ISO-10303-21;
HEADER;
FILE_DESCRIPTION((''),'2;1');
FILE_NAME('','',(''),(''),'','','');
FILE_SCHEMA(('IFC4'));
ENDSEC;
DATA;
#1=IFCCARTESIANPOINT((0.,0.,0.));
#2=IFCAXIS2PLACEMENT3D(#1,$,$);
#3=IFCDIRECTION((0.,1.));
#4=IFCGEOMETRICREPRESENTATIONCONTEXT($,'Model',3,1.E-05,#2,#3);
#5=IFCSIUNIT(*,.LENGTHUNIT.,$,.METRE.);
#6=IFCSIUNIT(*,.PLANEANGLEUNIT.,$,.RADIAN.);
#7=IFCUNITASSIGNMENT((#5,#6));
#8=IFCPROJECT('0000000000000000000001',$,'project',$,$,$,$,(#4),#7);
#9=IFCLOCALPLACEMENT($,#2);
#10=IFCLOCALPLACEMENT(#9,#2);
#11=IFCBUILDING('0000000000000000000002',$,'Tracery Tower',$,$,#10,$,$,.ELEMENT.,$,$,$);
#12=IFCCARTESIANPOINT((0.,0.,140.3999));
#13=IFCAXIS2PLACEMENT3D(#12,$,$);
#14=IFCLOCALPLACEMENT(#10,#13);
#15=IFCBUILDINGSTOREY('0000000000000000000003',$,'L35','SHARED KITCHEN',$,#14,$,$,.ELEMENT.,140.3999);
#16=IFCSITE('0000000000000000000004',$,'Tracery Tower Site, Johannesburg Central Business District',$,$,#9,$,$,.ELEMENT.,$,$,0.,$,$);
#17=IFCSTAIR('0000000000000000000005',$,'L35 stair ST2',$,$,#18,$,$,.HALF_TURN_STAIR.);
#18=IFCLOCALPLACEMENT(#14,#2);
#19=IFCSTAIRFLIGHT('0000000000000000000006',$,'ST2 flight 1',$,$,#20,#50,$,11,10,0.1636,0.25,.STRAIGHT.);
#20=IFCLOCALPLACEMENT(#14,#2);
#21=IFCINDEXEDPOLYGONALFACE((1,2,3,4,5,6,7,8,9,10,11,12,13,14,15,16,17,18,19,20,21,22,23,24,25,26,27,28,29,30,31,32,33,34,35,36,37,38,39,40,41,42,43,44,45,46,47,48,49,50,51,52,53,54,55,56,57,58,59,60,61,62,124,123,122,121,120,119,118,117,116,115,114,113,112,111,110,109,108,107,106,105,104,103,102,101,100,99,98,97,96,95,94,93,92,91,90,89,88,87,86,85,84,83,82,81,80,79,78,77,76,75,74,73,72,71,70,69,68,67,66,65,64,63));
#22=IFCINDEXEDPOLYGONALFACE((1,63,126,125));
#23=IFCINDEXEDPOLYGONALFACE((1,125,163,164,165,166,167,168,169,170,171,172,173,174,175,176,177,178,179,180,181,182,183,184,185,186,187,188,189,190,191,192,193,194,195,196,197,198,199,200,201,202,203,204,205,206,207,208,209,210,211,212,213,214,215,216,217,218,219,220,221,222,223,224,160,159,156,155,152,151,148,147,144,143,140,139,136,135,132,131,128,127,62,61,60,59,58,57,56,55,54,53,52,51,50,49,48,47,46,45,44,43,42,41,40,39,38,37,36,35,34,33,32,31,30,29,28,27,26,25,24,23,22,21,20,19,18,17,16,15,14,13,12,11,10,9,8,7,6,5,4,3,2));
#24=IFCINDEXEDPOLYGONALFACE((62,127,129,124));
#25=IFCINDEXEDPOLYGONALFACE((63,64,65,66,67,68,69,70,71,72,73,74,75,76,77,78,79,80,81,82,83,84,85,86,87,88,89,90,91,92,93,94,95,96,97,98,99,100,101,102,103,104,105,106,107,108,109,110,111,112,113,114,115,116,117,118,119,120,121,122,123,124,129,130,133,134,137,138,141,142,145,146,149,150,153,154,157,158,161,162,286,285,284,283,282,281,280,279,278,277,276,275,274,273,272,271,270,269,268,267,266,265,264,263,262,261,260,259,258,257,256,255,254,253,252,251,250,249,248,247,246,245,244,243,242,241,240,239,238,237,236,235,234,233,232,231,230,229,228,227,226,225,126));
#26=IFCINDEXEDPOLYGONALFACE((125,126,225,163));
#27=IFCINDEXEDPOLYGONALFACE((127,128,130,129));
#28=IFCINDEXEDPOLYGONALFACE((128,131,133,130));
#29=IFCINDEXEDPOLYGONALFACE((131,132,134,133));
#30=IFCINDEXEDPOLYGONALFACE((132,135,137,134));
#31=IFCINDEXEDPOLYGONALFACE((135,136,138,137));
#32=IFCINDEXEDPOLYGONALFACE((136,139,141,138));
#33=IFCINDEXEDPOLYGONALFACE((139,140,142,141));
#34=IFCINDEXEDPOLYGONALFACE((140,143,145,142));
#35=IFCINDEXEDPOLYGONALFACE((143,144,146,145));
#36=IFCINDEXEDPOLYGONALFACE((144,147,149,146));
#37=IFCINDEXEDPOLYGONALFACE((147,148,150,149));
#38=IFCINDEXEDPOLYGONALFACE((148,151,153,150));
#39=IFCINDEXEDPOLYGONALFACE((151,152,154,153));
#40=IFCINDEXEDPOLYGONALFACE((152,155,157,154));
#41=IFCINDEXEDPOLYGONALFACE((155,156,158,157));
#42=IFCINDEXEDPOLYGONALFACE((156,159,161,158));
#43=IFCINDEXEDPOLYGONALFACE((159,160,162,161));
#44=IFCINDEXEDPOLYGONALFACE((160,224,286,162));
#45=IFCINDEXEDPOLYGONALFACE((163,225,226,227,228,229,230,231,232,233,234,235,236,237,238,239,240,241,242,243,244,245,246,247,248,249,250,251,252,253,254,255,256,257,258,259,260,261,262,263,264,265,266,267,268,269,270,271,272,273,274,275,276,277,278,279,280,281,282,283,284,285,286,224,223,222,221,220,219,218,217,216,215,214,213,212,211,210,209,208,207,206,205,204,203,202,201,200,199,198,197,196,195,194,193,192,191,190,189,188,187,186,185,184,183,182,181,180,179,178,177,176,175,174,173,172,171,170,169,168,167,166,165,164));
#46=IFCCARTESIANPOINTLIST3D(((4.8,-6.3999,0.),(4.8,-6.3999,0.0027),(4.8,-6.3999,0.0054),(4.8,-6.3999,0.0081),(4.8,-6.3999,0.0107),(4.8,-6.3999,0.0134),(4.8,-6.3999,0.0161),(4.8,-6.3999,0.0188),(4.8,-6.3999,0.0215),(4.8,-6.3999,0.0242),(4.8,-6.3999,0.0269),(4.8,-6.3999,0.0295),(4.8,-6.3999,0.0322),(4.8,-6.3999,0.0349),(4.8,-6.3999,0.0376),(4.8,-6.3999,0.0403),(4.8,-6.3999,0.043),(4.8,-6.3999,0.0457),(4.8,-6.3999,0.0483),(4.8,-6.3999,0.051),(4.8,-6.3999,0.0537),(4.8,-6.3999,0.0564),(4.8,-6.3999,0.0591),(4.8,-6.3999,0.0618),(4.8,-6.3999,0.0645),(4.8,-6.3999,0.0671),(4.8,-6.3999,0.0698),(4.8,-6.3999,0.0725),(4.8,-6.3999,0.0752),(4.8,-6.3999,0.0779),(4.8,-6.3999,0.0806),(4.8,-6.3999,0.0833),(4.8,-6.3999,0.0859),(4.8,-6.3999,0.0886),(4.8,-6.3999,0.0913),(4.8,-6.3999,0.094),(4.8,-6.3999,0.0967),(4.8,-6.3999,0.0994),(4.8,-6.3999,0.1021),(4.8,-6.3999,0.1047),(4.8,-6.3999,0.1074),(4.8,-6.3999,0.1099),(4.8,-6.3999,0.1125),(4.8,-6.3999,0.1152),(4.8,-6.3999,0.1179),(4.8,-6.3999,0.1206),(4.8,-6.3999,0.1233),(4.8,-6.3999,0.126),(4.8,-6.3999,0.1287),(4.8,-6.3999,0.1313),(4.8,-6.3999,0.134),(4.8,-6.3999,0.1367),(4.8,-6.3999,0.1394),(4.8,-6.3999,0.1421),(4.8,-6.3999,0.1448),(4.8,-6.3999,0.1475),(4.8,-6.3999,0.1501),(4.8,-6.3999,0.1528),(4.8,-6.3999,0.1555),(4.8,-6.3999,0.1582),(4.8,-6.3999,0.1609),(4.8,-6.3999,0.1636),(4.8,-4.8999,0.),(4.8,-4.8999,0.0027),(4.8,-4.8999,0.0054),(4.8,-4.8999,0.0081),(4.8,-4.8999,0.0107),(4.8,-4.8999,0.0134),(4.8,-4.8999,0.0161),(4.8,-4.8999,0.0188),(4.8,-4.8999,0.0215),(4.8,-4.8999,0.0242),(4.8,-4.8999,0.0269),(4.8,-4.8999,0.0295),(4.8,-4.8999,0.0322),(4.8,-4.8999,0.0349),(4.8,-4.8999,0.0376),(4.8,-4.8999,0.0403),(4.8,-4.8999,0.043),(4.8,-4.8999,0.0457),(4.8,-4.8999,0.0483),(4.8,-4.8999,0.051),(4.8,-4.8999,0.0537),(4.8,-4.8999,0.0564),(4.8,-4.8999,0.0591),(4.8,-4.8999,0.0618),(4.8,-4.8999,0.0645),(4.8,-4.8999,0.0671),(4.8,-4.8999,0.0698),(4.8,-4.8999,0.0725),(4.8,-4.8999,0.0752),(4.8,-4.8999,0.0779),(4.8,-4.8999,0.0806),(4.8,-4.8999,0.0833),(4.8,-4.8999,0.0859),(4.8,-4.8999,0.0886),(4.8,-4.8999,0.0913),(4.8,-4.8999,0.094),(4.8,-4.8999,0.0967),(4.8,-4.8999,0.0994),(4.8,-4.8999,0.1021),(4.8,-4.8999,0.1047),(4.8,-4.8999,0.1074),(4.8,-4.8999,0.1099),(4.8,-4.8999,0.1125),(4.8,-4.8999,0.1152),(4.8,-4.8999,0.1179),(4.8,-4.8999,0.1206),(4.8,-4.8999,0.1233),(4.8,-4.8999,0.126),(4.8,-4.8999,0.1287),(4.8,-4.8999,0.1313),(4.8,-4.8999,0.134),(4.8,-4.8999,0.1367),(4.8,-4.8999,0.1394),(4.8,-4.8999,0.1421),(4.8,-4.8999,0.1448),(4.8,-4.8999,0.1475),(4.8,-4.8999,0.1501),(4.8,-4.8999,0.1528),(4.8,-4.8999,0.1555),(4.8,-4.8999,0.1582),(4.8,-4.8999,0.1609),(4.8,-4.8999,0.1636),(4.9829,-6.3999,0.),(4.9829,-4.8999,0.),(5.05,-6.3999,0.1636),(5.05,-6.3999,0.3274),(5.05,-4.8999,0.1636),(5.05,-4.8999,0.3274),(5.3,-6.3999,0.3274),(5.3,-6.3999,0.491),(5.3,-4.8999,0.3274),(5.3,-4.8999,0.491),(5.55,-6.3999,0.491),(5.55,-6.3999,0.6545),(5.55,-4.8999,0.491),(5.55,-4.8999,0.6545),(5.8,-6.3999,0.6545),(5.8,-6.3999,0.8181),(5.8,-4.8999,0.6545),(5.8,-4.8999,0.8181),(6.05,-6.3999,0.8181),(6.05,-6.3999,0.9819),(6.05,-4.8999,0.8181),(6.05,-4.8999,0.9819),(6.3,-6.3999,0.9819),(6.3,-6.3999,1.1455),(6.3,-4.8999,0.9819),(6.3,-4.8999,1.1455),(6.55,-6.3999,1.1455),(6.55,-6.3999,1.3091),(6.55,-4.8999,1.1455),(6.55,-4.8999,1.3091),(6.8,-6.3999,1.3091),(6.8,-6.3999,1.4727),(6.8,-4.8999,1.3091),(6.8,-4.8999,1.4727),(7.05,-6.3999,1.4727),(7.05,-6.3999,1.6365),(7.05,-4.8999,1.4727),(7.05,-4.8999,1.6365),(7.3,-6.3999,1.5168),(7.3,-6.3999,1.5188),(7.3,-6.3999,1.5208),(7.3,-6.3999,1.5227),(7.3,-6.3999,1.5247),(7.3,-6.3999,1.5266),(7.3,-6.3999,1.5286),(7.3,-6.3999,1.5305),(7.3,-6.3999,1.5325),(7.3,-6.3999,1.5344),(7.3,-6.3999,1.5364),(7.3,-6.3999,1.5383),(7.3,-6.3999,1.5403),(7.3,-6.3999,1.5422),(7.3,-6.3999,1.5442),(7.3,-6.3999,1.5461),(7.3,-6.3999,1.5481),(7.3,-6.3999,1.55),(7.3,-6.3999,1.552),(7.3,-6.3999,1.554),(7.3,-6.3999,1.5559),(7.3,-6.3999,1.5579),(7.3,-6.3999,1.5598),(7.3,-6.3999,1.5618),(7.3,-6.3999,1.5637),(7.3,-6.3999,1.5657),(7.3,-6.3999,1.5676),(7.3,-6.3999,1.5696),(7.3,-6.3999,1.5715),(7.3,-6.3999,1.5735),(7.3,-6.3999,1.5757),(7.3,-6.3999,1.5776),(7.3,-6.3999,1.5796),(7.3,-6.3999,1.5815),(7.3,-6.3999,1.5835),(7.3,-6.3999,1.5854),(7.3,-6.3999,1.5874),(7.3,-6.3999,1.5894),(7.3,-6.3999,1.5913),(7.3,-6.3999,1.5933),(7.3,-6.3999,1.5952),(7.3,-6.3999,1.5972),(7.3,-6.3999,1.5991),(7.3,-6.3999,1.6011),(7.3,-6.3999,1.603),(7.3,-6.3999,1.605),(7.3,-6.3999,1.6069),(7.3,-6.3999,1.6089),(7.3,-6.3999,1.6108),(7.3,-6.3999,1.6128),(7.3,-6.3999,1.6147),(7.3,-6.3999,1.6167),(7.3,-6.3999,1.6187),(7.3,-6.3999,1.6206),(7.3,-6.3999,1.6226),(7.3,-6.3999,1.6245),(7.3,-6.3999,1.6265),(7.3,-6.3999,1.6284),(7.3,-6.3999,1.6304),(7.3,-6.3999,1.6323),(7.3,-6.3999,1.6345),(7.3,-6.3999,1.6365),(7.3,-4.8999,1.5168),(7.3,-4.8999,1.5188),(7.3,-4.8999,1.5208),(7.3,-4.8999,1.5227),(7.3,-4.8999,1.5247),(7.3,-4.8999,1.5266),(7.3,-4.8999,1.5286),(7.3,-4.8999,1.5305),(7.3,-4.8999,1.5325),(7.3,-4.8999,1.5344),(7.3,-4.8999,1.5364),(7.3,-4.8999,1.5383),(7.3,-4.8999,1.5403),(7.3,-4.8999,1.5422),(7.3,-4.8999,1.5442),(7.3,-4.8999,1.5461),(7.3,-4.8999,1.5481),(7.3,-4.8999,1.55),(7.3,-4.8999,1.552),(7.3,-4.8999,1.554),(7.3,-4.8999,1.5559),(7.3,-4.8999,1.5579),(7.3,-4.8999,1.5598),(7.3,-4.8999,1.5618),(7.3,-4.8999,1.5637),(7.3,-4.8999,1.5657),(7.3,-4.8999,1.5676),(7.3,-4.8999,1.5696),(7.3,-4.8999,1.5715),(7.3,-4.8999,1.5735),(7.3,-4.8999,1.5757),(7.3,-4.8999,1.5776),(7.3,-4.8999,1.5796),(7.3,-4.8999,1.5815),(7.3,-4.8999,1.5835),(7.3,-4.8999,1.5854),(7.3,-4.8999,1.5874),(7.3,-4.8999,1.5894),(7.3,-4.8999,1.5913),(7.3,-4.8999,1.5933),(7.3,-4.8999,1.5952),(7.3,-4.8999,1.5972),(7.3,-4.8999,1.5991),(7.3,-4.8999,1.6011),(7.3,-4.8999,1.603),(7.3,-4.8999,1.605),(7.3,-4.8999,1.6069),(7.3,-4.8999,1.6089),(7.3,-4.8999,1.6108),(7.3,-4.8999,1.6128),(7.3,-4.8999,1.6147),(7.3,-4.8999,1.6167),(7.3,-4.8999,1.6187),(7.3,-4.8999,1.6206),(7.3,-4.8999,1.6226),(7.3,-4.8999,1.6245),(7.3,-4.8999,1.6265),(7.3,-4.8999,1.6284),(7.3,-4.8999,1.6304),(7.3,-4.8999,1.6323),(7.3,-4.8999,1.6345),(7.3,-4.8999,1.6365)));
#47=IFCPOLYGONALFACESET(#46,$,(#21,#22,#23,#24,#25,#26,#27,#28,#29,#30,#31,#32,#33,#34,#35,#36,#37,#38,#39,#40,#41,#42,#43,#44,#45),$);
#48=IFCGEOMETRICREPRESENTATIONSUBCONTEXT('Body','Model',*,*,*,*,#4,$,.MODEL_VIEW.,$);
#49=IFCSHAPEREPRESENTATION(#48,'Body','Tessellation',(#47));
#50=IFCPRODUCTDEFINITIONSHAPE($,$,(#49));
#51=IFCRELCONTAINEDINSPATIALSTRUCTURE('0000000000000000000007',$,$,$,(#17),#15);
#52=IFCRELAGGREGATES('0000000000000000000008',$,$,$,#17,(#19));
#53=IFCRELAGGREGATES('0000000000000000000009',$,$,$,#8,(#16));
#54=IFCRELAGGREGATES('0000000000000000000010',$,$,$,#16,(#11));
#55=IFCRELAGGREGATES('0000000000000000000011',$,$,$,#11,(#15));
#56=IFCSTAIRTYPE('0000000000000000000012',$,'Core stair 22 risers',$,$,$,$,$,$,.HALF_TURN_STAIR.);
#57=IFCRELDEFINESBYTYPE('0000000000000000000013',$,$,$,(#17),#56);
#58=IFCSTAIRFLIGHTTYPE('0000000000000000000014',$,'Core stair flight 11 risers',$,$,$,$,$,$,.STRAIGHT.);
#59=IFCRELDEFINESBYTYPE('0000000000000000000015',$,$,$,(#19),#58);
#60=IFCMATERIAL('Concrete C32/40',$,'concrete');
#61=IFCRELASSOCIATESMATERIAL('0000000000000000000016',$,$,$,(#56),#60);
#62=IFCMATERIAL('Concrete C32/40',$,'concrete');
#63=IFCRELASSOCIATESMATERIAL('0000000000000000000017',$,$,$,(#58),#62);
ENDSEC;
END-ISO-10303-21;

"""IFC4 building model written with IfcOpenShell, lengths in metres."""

from ifc_helpers import new_model, si_unit, direction, frame, origin, place, context, subcontext, project, spatial, polyline, outline, extrude, material, type_object, element, aggregate, save


model = new_model("IFC4")

# Units and contexts
model_context = context("Model", 3, precision=1e-05, world=origin(), true_north=direction((0.0, 1.0)))
body_context = subcontext(model_context, "Body", "Model", "MODEL_VIEW")
ifc_project = project(units=[si_unit("LENGTHUNIT", "METRE"), si_unit("PLANEANGLEUNIT", "RADIAN")], contexts=[model_context])

# Site, building, storey
site_placement = place(None, origin())
site = spatial("IfcSite", under=ifc_project, at=site_placement, Name="Tracery Tower Site, Johannesburg Central Business District", CompositionType="ELEMENT", RefElevation=0.0)
building_placement = place(site_placement, origin())
building = spatial("IfcBuilding", under=site, at=building_placement, Name="Tracery Tower", CompositionType="ELEMENT")
storey_placement = place(building_placement, frame((0.0, 0.0, 140.3999)))
storey = spatial("IfcBuildingStorey", under=building, at=storey_placement, Name="L35", Description="SHARED KITCHEN", CompositionType="ELEMENT", Elevation=140.3999)

# Stair, stair flight
ifc_material_1 = material(Name="Concrete C32/40", Category="concrete")
stair_type = type_object("IfcStairType", Name="Core stair 22 risers", PredefinedType="HALF_TURN_STAIR", material=ifc_material_1)
stair_placement = place(storey_placement, origin())
stair = element("IfcStair", 1, at=stair_placement, inside=storey, type_object=stair_type, Name="L35 stair ST2", PredefinedType="HALF_TURN_STAIR")
ifc_material_2 = material(Name="Concrete C32/40", Category="concrete")
stair_flight_type = type_object("IfcStairFlightType", Name="Core stair flight 11 risers", PredefinedType="STRAIGHT", material=ifc_material_2)
stair_flight_1_placement = place(storey_placement, frame((4.8, -5.6499, 0.0), z_axis=(0.0, 0.0, 1.0), x_axis=(1.0, 0.0, 0.0)))
stair_flight_1 = element("IfcStairFlight", 2, at=stair_flight_1_placement, type_object=stair_flight_type, Name="ST2 flight 1", NumberOfRisers=11, NumberOfTreads=10, PredefinedType="STRAIGHT", RiserHeight=0.1636, TreadLength=0.25, context=body_context, shape_type="SweptSolid", body=[
    extrude(outline(polyline([(0.0, 0.0), (0.0, 0.0027), (0.0, 0.0054), (0.0, 0.0081), (0.0, 0.0107), (0.0, 0.0134), (0.0, 0.0161), (0.0, 0.0188), (0.0, 0.0215), (0.0, 0.0242), (0.0, 0.0269), (0.0, 0.0295), (0.0, 0.0322), (0.0, 0.0349), (0.0, 0.0376), (0.0, 0.0403), (0.0, 0.043), (0.0, 0.0457), (0.0, 0.0483), (0.0, 0.051), (0.0, 0.0537), (0.0, 0.0564), (0.0, 0.0591), (0.0, 0.0618), (0.0, 0.0645), (0.0, 0.0671), (0.0, 0.0698), (0.0, 0.0725), (0.0, 0.0752), (0.0, 0.0779), (0.0, 0.0806), (0.0, 0.0833), (0.0, 0.0859), (0.0, 0.0886), (0.0, 0.0913), (0.0, 0.094), (0.0, 0.0967), (0.0, 0.0994), (0.0, 0.1021), (0.0, 0.1047), (0.0, 0.1074), (0.0, 0.1099), (0.0, 0.1125), (0.0, 0.1152), (0.0, 0.1179), (0.0, 0.1206), (0.0, 0.1233), (0.0, 0.126), (0.0, 0.1287), (0.0, 0.1313), (0.0, 0.134), (0.0, 0.1367), (0.0, 0.1394), (0.0, 0.1421), (0.0, 0.1448), (0.0, 0.1475), (0.0, 0.1501), (0.0, 0.1528), (0.0, 0.1555), (0.0, 0.1582), (0.0, 0.1609), (0.0, 0.1636), (0.25, 0.1636), (0.25, 0.3274), (0.5, 0.3274), (0.5, 0.491), (0.75, 0.491), (0.75, 0.6545), (1.0, 0.6545), (1.0, 0.8181), (1.25, 0.8181), (1.25, 0.9819), (1.5, 0.9819), (1.5, 1.1455), (1.75, 1.1455), (1.75, 1.3091), (2.0, 1.3091), (2.0, 1.4727), (2.25, 1.4727), (2.25, 1.6365), (2.5, 1.6365), (2.5, 1.6345), (2.5, 1.6323), (2.5, 1.6304), (2.5, 1.6284), (2.5, 1.6265), (2.5, 1.6245), (2.5, 1.6226), (2.5, 1.6206), (2.5, 1.6187), (2.5, 1.6167), (2.5, 1.6147), (2.5, 1.6128), (2.5, 1.6108), (2.5, 1.6089), (2.5, 1.6069), (2.5, 1.605), (2.5, 1.603), (2.5, 1.6011), (2.5, 1.5991), (2.5, 1.5972), (2.5, 1.5952), (2.5, 1.5933), (2.5, 1.5913), (2.5, 1.5894), (2.5, 1.5874), (2.5, 1.5854), (2.5, 1.5835), (2.5, 1.5815), (2.5, 1.5796), (2.5, 1.5776), (2.5, 1.5757), (2.5, 1.5735), (2.5, 1.5715), (2.5, 1.5696), (2.5, 1.5676), (2.5, 1.5657), (2.5, 1.5637), (2.5, 1.5618), (2.5, 1.5598), (2.5, 1.5579), (2.5, 1.5559), (2.5, 1.554), (2.5, 1.552), (2.5, 1.55), (2.5, 1.5481), (2.5, 1.5461), (2.5, 1.5442), (2.5, 1.5422), (2.5, 1.5403), (2.5, 1.5383), (2.5, 1.5364), (2.5, 1.5344), (2.5, 1.5325), (2.5, 1.5305), (2.5, 1.5286), (2.5, 1.5266), (2.5, 1.5247), (2.5, 1.5227), (2.5, 1.5208), (2.5, 1.5188), (2.5, 1.5168), (0.1829, 0.0), (0.0, 0.0)])), frame((0.0, 0.75, 0.0), z_axis=(0.0, -1.0, 0.0), x_axis=(1.0, 0.0, 0.0)), (0.0, 0.0, 1.0), 1.5),
])
aggregate(stair, [stair_flight_1])

save(model, "model.ifc")
